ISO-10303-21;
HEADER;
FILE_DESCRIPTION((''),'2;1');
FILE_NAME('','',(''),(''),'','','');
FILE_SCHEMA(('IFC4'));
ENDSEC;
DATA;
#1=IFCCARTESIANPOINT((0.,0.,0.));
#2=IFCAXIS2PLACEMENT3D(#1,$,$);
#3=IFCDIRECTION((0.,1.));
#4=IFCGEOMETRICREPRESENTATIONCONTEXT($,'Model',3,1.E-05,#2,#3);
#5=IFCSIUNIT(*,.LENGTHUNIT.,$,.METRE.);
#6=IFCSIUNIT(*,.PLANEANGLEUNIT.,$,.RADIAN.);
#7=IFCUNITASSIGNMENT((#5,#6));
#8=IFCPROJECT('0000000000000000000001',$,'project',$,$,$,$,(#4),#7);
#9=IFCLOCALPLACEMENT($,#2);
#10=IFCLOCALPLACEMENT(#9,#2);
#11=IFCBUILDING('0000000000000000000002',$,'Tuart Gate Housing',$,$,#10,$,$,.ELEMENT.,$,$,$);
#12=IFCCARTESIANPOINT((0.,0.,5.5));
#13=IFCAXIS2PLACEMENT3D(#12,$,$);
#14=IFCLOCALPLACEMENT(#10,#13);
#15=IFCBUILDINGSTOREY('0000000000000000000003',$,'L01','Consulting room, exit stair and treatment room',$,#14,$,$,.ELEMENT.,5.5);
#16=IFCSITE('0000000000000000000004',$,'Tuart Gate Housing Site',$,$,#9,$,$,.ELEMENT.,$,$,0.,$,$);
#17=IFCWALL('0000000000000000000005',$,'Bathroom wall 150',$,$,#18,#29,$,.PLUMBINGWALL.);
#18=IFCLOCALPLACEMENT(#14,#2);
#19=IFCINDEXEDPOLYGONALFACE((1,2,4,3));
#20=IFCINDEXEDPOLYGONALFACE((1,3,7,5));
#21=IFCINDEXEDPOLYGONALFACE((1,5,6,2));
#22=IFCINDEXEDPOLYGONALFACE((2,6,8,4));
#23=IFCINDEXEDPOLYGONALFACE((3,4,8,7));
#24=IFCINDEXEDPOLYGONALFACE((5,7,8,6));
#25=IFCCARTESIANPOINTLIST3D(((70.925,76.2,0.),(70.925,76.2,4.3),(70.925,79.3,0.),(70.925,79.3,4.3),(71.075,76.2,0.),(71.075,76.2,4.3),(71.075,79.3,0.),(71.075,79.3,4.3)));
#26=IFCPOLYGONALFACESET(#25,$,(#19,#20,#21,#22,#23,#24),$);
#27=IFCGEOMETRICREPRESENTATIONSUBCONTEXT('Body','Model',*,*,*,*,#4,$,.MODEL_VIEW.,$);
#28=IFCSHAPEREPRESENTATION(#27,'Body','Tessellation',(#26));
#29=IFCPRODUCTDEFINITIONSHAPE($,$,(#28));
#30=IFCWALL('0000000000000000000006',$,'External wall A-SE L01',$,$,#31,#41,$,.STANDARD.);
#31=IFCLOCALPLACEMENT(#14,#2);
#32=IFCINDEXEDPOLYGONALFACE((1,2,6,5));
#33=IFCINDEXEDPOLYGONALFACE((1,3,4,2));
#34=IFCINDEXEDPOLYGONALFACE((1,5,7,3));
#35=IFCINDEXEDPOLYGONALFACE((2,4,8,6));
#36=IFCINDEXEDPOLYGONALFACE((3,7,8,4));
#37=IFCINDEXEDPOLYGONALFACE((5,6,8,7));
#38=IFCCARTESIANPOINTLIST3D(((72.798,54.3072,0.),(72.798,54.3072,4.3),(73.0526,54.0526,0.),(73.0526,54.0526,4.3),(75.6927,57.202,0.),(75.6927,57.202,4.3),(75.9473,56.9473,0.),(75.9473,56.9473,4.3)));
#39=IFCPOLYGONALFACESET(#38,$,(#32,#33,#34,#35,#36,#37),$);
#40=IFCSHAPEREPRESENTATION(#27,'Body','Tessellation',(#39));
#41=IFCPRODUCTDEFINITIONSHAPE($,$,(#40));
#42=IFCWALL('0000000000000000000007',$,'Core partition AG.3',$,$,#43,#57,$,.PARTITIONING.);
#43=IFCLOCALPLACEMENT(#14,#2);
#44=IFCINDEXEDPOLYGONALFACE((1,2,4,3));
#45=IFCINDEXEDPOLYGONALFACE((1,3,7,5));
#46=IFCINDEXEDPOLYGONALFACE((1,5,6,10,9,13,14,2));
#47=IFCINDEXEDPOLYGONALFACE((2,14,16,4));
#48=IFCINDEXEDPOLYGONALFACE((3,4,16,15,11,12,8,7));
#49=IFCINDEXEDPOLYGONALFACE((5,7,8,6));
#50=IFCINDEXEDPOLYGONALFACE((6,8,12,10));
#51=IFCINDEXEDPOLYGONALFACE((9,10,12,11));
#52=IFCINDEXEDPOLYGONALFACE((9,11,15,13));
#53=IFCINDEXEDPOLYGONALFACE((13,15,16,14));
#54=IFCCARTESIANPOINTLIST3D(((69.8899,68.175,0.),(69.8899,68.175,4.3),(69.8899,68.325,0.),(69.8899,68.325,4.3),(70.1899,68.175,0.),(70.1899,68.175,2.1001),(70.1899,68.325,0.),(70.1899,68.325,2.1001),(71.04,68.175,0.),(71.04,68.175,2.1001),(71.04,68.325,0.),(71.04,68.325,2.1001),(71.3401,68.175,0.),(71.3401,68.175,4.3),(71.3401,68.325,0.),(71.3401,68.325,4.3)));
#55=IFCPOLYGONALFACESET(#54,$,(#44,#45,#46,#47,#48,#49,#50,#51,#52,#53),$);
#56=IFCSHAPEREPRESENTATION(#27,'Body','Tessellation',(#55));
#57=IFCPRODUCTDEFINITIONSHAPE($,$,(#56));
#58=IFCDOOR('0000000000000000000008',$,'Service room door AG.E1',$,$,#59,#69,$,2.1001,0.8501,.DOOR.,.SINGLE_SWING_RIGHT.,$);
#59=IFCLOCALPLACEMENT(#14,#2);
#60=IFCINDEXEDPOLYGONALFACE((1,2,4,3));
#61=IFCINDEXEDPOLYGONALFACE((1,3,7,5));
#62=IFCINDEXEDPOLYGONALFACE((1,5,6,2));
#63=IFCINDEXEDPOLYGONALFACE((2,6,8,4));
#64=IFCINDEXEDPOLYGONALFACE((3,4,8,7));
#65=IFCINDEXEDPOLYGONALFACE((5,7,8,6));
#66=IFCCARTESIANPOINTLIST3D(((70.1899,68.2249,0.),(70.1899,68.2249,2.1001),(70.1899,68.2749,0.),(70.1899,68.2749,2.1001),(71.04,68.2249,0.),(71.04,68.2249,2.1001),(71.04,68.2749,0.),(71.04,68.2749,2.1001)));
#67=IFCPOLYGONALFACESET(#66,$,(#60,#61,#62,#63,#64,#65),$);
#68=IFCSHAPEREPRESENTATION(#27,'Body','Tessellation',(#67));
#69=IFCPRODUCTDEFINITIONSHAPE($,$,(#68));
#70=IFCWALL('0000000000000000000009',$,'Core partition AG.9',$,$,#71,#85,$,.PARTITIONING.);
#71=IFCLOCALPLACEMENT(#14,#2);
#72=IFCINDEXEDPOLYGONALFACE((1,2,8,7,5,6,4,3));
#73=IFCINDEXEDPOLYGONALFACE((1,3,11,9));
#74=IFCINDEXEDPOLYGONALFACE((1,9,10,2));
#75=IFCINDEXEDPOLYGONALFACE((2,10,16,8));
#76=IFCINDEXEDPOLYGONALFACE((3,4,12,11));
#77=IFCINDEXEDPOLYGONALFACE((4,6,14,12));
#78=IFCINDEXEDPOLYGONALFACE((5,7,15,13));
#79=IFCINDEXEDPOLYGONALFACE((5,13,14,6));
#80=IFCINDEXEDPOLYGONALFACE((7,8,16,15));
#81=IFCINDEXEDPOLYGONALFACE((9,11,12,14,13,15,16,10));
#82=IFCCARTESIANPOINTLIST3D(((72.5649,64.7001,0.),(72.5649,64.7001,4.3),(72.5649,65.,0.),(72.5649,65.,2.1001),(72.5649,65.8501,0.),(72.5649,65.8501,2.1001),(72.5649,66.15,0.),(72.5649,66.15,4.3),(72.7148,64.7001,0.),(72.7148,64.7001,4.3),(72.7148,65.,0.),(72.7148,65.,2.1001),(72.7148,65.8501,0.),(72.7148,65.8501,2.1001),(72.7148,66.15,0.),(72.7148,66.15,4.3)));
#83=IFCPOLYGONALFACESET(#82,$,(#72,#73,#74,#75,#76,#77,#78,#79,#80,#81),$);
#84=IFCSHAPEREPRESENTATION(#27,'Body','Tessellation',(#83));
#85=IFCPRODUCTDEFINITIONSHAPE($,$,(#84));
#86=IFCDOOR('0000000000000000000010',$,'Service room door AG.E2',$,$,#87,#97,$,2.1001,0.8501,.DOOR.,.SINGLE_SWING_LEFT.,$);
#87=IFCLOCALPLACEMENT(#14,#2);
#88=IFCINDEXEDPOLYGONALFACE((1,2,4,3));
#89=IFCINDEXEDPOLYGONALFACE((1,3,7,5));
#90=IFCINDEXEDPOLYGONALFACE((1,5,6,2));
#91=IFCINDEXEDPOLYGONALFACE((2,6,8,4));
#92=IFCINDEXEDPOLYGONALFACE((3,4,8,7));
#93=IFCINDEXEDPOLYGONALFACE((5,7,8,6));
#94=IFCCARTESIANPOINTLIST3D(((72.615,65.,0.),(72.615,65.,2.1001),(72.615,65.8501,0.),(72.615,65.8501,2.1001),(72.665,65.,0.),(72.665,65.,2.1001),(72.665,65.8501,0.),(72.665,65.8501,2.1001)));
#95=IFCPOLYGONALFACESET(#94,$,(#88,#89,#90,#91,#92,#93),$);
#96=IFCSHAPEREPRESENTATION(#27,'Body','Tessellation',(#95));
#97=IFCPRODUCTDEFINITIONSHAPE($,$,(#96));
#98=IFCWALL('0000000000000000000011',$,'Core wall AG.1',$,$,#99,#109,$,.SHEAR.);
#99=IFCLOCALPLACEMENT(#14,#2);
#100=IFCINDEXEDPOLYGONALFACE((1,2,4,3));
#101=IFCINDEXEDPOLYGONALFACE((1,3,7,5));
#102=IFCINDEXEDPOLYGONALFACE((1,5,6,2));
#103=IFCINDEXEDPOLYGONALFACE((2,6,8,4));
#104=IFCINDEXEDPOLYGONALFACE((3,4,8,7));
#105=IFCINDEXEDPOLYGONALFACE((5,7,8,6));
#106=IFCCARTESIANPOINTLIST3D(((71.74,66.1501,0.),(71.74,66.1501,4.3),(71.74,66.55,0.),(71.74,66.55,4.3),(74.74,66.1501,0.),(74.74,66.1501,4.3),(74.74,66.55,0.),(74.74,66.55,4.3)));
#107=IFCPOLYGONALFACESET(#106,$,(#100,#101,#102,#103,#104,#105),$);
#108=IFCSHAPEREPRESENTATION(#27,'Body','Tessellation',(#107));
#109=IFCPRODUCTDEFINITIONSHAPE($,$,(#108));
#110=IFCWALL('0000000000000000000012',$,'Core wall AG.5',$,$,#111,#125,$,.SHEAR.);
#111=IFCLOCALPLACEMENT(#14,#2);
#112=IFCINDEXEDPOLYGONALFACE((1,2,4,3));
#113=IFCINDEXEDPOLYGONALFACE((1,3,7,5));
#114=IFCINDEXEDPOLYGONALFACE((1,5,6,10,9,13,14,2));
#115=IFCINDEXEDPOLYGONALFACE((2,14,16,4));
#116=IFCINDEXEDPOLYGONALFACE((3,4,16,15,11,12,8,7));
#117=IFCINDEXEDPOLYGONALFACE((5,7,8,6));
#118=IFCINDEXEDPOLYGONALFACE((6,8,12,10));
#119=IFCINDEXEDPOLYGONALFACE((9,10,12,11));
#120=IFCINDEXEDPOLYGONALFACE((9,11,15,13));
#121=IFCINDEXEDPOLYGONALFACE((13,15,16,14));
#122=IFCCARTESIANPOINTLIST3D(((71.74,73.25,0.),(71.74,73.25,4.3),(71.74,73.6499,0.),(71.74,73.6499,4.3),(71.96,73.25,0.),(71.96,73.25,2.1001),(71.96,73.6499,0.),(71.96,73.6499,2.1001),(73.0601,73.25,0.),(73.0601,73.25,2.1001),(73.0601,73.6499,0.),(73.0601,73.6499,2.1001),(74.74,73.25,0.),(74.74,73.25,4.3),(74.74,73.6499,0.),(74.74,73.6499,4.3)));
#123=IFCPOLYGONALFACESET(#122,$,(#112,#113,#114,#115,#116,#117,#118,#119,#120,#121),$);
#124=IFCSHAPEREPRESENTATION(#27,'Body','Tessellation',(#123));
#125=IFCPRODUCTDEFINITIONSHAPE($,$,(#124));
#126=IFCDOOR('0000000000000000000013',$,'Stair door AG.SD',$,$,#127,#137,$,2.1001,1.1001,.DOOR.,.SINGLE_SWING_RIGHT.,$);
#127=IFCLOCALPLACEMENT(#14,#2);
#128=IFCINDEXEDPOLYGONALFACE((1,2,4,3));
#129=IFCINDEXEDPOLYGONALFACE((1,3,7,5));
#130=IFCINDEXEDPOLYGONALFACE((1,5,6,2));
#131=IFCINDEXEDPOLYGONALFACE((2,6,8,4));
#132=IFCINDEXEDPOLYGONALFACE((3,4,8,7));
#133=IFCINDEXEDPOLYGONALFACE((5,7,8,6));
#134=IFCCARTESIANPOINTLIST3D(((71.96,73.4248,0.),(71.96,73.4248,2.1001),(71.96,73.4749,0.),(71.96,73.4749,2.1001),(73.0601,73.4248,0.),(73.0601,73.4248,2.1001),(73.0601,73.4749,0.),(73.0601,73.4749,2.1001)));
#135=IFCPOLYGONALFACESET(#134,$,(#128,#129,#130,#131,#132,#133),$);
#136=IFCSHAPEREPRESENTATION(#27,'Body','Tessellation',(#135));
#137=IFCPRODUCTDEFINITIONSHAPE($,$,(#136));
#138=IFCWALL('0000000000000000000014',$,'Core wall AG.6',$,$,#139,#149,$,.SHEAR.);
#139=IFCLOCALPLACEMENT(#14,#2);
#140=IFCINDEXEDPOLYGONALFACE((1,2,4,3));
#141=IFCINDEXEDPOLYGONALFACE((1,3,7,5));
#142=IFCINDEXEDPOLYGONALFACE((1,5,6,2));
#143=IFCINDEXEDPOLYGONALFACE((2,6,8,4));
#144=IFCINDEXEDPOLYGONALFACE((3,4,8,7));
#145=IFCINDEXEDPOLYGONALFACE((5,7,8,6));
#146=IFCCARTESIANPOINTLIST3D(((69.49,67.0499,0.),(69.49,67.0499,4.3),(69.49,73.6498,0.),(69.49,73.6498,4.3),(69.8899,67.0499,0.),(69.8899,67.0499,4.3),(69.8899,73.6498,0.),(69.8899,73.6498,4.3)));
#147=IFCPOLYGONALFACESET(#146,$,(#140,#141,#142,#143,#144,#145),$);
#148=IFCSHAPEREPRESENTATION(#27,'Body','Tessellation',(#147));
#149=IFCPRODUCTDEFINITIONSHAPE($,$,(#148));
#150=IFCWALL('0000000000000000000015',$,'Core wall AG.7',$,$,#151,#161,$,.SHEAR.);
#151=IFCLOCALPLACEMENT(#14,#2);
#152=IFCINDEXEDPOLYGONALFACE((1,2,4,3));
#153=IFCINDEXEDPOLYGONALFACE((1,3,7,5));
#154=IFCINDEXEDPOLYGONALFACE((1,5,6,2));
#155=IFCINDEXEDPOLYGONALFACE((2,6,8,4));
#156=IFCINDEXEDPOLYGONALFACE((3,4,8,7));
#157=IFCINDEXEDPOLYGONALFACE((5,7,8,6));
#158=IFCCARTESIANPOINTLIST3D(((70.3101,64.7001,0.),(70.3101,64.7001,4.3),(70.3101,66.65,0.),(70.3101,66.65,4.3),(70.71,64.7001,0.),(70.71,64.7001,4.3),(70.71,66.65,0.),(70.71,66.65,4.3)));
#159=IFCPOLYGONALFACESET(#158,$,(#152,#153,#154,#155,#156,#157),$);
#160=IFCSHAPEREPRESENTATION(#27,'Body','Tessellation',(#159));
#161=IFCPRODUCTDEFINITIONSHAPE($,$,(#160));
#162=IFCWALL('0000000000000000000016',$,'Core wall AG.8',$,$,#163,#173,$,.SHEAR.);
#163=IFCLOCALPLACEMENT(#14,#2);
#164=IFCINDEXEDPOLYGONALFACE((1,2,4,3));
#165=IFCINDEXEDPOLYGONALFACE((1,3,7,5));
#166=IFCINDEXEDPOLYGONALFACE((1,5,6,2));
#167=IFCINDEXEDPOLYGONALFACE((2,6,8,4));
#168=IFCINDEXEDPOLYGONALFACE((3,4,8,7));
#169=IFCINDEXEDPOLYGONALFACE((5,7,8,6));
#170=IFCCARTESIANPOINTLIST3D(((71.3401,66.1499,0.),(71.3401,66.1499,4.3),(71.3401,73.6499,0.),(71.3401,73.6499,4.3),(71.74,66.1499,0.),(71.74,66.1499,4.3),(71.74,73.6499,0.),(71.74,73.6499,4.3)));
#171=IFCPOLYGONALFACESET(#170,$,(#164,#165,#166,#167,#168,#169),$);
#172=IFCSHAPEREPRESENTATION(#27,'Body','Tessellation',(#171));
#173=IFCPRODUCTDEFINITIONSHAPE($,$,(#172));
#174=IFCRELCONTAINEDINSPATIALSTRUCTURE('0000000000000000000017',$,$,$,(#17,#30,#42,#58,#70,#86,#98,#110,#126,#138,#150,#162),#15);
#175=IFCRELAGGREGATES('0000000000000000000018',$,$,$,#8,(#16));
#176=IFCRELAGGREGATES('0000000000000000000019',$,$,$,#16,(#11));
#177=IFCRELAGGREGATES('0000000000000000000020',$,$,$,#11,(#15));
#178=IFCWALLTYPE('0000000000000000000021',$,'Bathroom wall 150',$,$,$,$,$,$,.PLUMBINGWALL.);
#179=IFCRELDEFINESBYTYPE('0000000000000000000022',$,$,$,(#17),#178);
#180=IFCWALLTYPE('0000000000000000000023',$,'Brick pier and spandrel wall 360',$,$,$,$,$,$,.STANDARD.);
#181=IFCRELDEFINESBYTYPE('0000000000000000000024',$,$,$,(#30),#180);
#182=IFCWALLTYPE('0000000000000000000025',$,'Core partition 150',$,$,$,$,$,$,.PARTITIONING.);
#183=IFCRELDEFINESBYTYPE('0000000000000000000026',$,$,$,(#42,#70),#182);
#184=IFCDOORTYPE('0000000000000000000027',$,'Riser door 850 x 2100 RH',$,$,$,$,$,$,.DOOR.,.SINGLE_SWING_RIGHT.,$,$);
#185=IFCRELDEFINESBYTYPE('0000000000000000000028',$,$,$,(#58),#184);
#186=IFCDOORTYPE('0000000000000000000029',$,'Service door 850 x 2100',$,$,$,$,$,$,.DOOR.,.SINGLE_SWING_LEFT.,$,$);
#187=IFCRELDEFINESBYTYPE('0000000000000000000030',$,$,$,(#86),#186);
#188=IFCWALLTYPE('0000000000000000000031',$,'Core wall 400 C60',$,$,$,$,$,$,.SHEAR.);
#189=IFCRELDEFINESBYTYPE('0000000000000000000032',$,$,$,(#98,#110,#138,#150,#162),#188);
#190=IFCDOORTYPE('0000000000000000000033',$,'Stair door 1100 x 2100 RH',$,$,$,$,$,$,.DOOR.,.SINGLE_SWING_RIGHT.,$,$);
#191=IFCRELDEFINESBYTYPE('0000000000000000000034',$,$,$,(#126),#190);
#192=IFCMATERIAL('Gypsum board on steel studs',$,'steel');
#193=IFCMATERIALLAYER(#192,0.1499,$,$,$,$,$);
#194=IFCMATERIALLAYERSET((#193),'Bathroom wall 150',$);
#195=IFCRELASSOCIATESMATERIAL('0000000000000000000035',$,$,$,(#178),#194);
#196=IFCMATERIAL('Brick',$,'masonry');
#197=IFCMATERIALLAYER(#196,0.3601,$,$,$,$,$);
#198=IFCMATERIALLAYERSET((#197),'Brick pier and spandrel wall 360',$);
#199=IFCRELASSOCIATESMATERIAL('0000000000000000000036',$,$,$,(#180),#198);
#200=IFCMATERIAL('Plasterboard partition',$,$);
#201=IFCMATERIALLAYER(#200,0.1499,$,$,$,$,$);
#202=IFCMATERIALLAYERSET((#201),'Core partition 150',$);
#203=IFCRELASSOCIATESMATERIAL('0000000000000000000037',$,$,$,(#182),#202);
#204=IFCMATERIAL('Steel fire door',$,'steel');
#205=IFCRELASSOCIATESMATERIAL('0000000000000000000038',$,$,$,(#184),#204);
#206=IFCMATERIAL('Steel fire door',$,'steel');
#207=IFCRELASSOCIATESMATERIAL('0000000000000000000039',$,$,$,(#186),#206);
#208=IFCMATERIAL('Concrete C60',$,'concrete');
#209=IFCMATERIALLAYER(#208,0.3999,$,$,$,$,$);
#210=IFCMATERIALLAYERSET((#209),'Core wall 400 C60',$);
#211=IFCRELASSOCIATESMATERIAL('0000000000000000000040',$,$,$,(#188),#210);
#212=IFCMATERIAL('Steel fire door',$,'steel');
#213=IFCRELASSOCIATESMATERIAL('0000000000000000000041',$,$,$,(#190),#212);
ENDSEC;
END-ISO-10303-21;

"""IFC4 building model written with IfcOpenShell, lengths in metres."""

from ifc_helpers import new_model, si_unit, direction, frame, frame_2d, origin, place, context, subcontext, project, spatial, rectangle, extrude, material, layer, layer_set, type_object, element, fill, save


model = new_model("IFC4")

# Units and contexts
model_context = context("Model", 3, precision=1e-05, world=origin(), true_north=direction((0.0, 1.0)))
body_context = subcontext(model_context, "Body", "Model", "MODEL_VIEW")
ifc_project = project(units=[si_unit("LENGTHUNIT", "METRE"), si_unit("PLANEANGLEUNIT", "RADIAN")], contexts=[model_context])

# Site, building, storey
site_placement = place(None, origin())
site = spatial("IfcSite", under=ifc_project, at=site_placement, Name="Tuart Gate Housing Site", CompositionType="ELEMENT", RefElevation=0.0)
building_placement = place(site_placement, origin())
building = spatial("IfcBuilding", under=site, at=building_placement, Name="Tuart Gate Housing", CompositionType="ELEMENT")
storey_placement = place(building_placement, frame((0.0, 0.0, 5.5)))
storey = spatial("IfcBuildingStorey", under=building, at=storey_placement, Name="L01", Description="Consulting room, exit stair and treatment room", CompositionType="ELEMENT", Elevation=5.5)

# Walls
ifc_material_1 = material(Name="Gypsum board on steel studs", Category="steel")
ifc_layer_1 = layer(ifc_material_1, 0.1499)
ifc_layer_set_1 = layer_set([ifc_layer_1], Name="Bathroom wall 150")
wall_type_1 = type_object("IfcWallType", Name="Bathroom wall 150", PredefinedType="PLUMBINGWALL", material=ifc_layer_set_1)
for number, where, z_axis, x_axis, name in (
    (1, (71.0, 76.2, 0.0), (0.0, 0.0, 1.0), (0.0, 1.0, 0.0), "Bathroom wall 150"),
):
    element("IfcWall", number, at=place(storey_placement, frame(where, z_axis=z_axis, x_axis=x_axis)), inside=storey, type_object=wall_type_1, Name=name, PredefinedType="PLUMBINGWALL", context=body_context, shape_type="SweptSolid", body=[
        extrude(rectangle(XDim=3.1001, YDim=0.1499, at=frame_2d((1.55, 0.0))), origin(), (0.0, 0.0, 1.0), 4.3),
    ])
ifc_material_2 = material(Name="Brick", Category="masonry")
ifc_layer_2 = layer(ifc_material_2, 0.3601)
ifc_layer_set_2 = layer_set([ifc_layer_2], Name="Brick pier and spandrel wall 360")
wall_type_2 = type_object("IfcWallType", Name="Brick pier and spandrel wall 360", PredefinedType="STANDARD", material=ifc_layer_set_2)
wall_1_placement = place(storey_placement, frame((72.9253, 54.1799, 0.0), z_axis=(0.0, 0.0, 1.0), x_axis=(0.707107, 0.707107, 0.0)))
element("IfcWall", 2, at=wall_1_placement, inside=storey, type_object=wall_type_2, Name="External wall A-SE L01", PredefinedType="STANDARD", context=body_context, shape_type="SweptSolid", body=[
    extrude(rectangle(XDim=4.0938, YDim=0.3601, at=frame_2d((2.0469, 0.0))), origin(), (0.0, 0.0, 1.0), 4.3),
])

# Walls, openings, doors
ifc_material_3 = material(Name="Plasterboard partition")
ifc_layer_3 = layer(ifc_material_3, 0.1499)
ifc_layer_set_3 = layer_set([ifc_layer_3], Name="Core partition 150")
wall_type_3 = type_object("IfcWallType", Name="Core partition 150", PredefinedType="PARTITIONING", material=ifc_layer_set_3)
wall_2_placement = place(storey_placement, frame((69.8899, 68.25, 0.0), z_axis=(0.0, 0.0, 1.0), x_axis=(1.0, 0.0, 0.0)))
wall_2 = element("IfcWall", 3, at=wall_2_placement, inside=storey, type_object=wall_type_3, Name="Core partition AG.3", PredefinedType="PARTITIONING", context=body_context, shape_type="SweptSolid", body=[
    extrude(rectangle(XDim=1.4502, YDim=0.1499, at=frame_2d((0.7251, 0.0))), origin(), (0.0, 0.0, 1.0), 4.3),
])
opening_1_placement = place(wall_2_placement, frame((0.3, 0.0, 0.0)))
opening_1 = element("IfcOpeningElement", 4, at=opening_1_placement, cuts=wall_2, PredefinedType="OPENING", context=body_context, shape_type="SweptSolid", body=[
    extrude(rectangle(XDim=0.8501, YDim=2.1001, at=frame_2d((0.425, 1.05))), frame((0.0, 0.085, 0.0), z_axis=(0.0, -1.0, 0.0), x_axis=(1.0, 0.0, 0.0)), (0.0, 0.0, 1.0), 0.1699),
])
ifc_material_4 = material(Name="Steel fire door", Category="steel")
door_type_1 = type_object("IfcDoorType", Name="Riser door 850 x 2100 RH", OperationType="SINGLE_SWING_RIGHT", PredefinedType="DOOR", material=ifc_material_4)
door_1_placement = place(opening_1_placement, frame((0.8501, 0.0, 0.0), z_axis=(0.0, 0.0, 1.0), x_axis=(-1.0, 0.0, 0.0)))
door_1 = element("IfcDoor", 5, at=door_1_placement, inside=storey, type_object=door_type_1, Name="Service room door AG.E1", OperationType="SINGLE_SWING_RIGHT", OverallHeight=2.1001, OverallWidth=0.8501, PredefinedType="DOOR", context=body_context, shape_type="SweptSolid", body=[
    extrude(rectangle(XDim=0.8501, YDim=2.1001, at=frame_2d((0.425, 1.05))), frame((0.0, 0.0251, 0.0), z_axis=(0.0, -1.0, 0.0), x_axis=(1.0, 0.0, 0.0)), (0.0, 0.0, 1.0), 0.05),
])
fill(opening_1, door_1)
wall_3_placement = place(storey_placement, frame((72.6399, 64.7, 0.0), z_axis=(0.0, 0.0, 1.0), x_axis=(0.0, 1.0, 0.0)))
wall_3 = element("IfcWall", 6, at=wall_3_placement, inside=storey, type_object=wall_type_3, Name="Core partition AG.9", PredefinedType="PARTITIONING", context=body_context, shape_type="SweptSolid", body=[
    extrude(rectangle(XDim=1.45, YDim=0.1499, at=frame_2d((0.7251, 0.0))), origin(), (0.0, 0.0, 1.0), 4.3),
])
opening_2_placement = place(wall_3_placement, frame((0.3, 0.0, 0.0)))
opening_2 = element("IfcOpeningElement", 7, at=opening_2_placement, cuts=wall_3, PredefinedType="OPENING", context=body_context, shape_type="SweptSolid", body=[
    extrude(rectangle(XDim=0.8501, YDim=2.1001, at=frame_2d((0.425, 1.05))), frame((0.0, 0.085, 0.0), z_axis=(0.0, -1.0, 0.0), x_axis=(1.0, 0.0, 0.0)), (0.0, 0.0, 1.0), 0.1699),
])
ifc_material_5 = material(Name="Steel fire door", Category="steel")
door_type_2 = type_object("IfcDoorType", Name="Service door 850 x 2100", OperationType="SINGLE_SWING_LEFT", PredefinedType="DOOR", material=ifc_material_5)
door_2_placement = place(opening_2_placement, origin())
door_2 = element("IfcDoor", 8, at=door_2_placement, inside=storey, type_object=door_type_2, Name="Service room door AG.E2", OperationType="SINGLE_SWING_LEFT", OverallHeight=2.1001, OverallWidth=0.8501, PredefinedType="DOOR", context=body_context, shape_type="SweptSolid", body=[
    extrude(rectangle(XDim=0.8501, YDim=2.1001, at=frame_2d((0.425, 1.05))), frame((0.0, 0.0249, 0.0), z_axis=(0.0, -1.0, 0.0), x_axis=(1.0, 0.0, 0.0)), (0.0, 0.0, 1.0), 0.05),
])
fill(opening_2, door_2)

# Wall
ifc_material_6 = material(Name="Concrete C60", Category="concrete")
ifc_layer_4 = layer(ifc_material_6, 0.3999)
ifc_layer_set_4 = layer_set([ifc_layer_4], Name="Core wall 400 C60")
wall_type_4 = type_object("IfcWallType", Name="Core wall 400 C60", PredefinedType="SHEAR", material=ifc_layer_set_4)
wall_4_placement = place(storey_placement, frame((71.74, 66.3501, 0.0), z_axis=(0.0, 0.0, 1.0), x_axis=(1.0, 0.0, 0.0)))
element("IfcWall", 9, at=wall_4_placement, inside=storey, type_object=wall_type_4, Name="Core wall AG.1", PredefinedType="SHEAR", context=body_context, shape_type="SweptSolid", body=[
    extrude(rectangle(XDim=3.0, YDim=0.3999, at=frame_2d((1.5, 0.0))), origin(), (0.0, 0.0, 1.0), 4.3),
])

# Wall, opening, door
wall_5_placement = place(storey_placement, frame((71.74, 73.45, 0.0), z_axis=(0.0, 0.0, 1.0), x_axis=(1.0, 0.0, 0.0)))
wall_5 = element("IfcWall", 10, at=wall_5_placement, inside=storey, type_object=wall_type_4, Name="Core wall AG.5", PredefinedType="SHEAR", context=body_context, shape_type="SweptSolid", body=[
    extrude(rectangle(XDim=3.0, YDim=0.3999, at=frame_2d((1.5, 0.0))), origin(), (0.0, 0.0, 1.0), 4.3),
])
opening_3_placement = place(wall_5_placement, frame((0.22, 0.0, 0.0)))
opening_3 = element("IfcOpeningElement", 11, at=opening_3_placement, cuts=wall_5, PredefinedType="OPENING", context=body_context, shape_type="SweptSolid", body=[
    extrude(rectangle(XDim=1.1001, YDim=2.1001, at=frame_2d((0.55, 1.05))), frame((0.0, 0.21, 0.0), z_axis=(0.0, -1.0, 0.0), x_axis=(1.0, 0.0, 0.0)), (0.0, 0.0, 1.0), 0.4199),
])
ifc_material_7 = material(Name="Steel fire door", Category="steel")
door_type_3 = type_object("IfcDoorType", Name="Stair door 1100 x 2100 RH", OperationType="SINGLE_SWING_RIGHT", PredefinedType="DOOR", material=ifc_material_7)
door_3_placement = place(opening_3_placement, frame((1.1001, 0.0, 0.0), z_axis=(0.0, 0.0, 1.0), x_axis=(-1.0, 0.0, 0.0)))
door_3 = element("IfcDoor", 12, at=door_3_placement, inside=storey, type_object=door_type_3, Name="Stair door AG.SD", OperationType="SINGLE_SWING_RIGHT", OverallHeight=2.1001, OverallWidth=1.1001, PredefinedType="DOOR", context=body_context, shape_type="SweptSolid", body=[
    extrude(rectangle(XDim=1.1001, YDim=2.1001, at=frame_2d((0.55, 1.05))), frame((0.0, 0.0251, 0.0), z_axis=(0.0, -1.0, 0.0), x_axis=(1.0, 0.0, 0.0)), (0.0, 0.0, 1.0), 0.05),
])
fill(opening_3, door_3)

# Walls
wall_6_placement = place(storey_placement, frame((69.6899, 67.05, 0.0), z_axis=(0.0, 0.0, 1.0), x_axis=(0.0, 1.0, 0.0)))
element("IfcWall", 13, at=wall_6_placement, inside=storey, type_object=wall_type_4, Name="Core wall AG.6", PredefinedType="SHEAR", context=body_context, shape_type="SweptSolid", body=[
    extrude(rectangle(XDim=6.5999, YDim=0.3999, at=frame_2d((3.2998, 0.0))), origin(), (0.0, 0.0, 1.0), 4.3),
])
wall_7_placement = place(storey_placement, frame((70.51, 64.7, 0.0), z_axis=(0.0, 0.0, 1.0), x_axis=(0.0, 1.0, 0.0)))
element("IfcWall", 14, at=wall_7_placement, inside=storey, type_object=wall_type_4, Name="Core wall AG.7", PredefinedType="SHEAR", context=body_context, shape_type="SweptSolid", body=[
    extrude(rectangle(XDim=1.95, YDim=0.3999, at=frame_2d((0.9751, 0.0))), origin(), (0.0, 0.0, 1.0), 4.3),
])
wall_8_placement = place(storey_placement, frame((71.54, 66.1499, 0.0), z_axis=(0.0, 0.0, 1.0), x_axis=(0.0, 1.0, 0.0)))
element("IfcWall", 15, at=wall_8_placement, inside=storey, type_object=wall_type_4, Name="Core wall AG.8", PredefinedType="SHEAR", context=body_context, shape_type="SweptSolid", body=[
    extrude(rectangle(XDim=7.5, YDim=0.3999, at=frame_2d((3.75, 0.0))), origin(), (0.0, 0.0, 1.0), 4.3),
])

save(model, "model.ifc")
